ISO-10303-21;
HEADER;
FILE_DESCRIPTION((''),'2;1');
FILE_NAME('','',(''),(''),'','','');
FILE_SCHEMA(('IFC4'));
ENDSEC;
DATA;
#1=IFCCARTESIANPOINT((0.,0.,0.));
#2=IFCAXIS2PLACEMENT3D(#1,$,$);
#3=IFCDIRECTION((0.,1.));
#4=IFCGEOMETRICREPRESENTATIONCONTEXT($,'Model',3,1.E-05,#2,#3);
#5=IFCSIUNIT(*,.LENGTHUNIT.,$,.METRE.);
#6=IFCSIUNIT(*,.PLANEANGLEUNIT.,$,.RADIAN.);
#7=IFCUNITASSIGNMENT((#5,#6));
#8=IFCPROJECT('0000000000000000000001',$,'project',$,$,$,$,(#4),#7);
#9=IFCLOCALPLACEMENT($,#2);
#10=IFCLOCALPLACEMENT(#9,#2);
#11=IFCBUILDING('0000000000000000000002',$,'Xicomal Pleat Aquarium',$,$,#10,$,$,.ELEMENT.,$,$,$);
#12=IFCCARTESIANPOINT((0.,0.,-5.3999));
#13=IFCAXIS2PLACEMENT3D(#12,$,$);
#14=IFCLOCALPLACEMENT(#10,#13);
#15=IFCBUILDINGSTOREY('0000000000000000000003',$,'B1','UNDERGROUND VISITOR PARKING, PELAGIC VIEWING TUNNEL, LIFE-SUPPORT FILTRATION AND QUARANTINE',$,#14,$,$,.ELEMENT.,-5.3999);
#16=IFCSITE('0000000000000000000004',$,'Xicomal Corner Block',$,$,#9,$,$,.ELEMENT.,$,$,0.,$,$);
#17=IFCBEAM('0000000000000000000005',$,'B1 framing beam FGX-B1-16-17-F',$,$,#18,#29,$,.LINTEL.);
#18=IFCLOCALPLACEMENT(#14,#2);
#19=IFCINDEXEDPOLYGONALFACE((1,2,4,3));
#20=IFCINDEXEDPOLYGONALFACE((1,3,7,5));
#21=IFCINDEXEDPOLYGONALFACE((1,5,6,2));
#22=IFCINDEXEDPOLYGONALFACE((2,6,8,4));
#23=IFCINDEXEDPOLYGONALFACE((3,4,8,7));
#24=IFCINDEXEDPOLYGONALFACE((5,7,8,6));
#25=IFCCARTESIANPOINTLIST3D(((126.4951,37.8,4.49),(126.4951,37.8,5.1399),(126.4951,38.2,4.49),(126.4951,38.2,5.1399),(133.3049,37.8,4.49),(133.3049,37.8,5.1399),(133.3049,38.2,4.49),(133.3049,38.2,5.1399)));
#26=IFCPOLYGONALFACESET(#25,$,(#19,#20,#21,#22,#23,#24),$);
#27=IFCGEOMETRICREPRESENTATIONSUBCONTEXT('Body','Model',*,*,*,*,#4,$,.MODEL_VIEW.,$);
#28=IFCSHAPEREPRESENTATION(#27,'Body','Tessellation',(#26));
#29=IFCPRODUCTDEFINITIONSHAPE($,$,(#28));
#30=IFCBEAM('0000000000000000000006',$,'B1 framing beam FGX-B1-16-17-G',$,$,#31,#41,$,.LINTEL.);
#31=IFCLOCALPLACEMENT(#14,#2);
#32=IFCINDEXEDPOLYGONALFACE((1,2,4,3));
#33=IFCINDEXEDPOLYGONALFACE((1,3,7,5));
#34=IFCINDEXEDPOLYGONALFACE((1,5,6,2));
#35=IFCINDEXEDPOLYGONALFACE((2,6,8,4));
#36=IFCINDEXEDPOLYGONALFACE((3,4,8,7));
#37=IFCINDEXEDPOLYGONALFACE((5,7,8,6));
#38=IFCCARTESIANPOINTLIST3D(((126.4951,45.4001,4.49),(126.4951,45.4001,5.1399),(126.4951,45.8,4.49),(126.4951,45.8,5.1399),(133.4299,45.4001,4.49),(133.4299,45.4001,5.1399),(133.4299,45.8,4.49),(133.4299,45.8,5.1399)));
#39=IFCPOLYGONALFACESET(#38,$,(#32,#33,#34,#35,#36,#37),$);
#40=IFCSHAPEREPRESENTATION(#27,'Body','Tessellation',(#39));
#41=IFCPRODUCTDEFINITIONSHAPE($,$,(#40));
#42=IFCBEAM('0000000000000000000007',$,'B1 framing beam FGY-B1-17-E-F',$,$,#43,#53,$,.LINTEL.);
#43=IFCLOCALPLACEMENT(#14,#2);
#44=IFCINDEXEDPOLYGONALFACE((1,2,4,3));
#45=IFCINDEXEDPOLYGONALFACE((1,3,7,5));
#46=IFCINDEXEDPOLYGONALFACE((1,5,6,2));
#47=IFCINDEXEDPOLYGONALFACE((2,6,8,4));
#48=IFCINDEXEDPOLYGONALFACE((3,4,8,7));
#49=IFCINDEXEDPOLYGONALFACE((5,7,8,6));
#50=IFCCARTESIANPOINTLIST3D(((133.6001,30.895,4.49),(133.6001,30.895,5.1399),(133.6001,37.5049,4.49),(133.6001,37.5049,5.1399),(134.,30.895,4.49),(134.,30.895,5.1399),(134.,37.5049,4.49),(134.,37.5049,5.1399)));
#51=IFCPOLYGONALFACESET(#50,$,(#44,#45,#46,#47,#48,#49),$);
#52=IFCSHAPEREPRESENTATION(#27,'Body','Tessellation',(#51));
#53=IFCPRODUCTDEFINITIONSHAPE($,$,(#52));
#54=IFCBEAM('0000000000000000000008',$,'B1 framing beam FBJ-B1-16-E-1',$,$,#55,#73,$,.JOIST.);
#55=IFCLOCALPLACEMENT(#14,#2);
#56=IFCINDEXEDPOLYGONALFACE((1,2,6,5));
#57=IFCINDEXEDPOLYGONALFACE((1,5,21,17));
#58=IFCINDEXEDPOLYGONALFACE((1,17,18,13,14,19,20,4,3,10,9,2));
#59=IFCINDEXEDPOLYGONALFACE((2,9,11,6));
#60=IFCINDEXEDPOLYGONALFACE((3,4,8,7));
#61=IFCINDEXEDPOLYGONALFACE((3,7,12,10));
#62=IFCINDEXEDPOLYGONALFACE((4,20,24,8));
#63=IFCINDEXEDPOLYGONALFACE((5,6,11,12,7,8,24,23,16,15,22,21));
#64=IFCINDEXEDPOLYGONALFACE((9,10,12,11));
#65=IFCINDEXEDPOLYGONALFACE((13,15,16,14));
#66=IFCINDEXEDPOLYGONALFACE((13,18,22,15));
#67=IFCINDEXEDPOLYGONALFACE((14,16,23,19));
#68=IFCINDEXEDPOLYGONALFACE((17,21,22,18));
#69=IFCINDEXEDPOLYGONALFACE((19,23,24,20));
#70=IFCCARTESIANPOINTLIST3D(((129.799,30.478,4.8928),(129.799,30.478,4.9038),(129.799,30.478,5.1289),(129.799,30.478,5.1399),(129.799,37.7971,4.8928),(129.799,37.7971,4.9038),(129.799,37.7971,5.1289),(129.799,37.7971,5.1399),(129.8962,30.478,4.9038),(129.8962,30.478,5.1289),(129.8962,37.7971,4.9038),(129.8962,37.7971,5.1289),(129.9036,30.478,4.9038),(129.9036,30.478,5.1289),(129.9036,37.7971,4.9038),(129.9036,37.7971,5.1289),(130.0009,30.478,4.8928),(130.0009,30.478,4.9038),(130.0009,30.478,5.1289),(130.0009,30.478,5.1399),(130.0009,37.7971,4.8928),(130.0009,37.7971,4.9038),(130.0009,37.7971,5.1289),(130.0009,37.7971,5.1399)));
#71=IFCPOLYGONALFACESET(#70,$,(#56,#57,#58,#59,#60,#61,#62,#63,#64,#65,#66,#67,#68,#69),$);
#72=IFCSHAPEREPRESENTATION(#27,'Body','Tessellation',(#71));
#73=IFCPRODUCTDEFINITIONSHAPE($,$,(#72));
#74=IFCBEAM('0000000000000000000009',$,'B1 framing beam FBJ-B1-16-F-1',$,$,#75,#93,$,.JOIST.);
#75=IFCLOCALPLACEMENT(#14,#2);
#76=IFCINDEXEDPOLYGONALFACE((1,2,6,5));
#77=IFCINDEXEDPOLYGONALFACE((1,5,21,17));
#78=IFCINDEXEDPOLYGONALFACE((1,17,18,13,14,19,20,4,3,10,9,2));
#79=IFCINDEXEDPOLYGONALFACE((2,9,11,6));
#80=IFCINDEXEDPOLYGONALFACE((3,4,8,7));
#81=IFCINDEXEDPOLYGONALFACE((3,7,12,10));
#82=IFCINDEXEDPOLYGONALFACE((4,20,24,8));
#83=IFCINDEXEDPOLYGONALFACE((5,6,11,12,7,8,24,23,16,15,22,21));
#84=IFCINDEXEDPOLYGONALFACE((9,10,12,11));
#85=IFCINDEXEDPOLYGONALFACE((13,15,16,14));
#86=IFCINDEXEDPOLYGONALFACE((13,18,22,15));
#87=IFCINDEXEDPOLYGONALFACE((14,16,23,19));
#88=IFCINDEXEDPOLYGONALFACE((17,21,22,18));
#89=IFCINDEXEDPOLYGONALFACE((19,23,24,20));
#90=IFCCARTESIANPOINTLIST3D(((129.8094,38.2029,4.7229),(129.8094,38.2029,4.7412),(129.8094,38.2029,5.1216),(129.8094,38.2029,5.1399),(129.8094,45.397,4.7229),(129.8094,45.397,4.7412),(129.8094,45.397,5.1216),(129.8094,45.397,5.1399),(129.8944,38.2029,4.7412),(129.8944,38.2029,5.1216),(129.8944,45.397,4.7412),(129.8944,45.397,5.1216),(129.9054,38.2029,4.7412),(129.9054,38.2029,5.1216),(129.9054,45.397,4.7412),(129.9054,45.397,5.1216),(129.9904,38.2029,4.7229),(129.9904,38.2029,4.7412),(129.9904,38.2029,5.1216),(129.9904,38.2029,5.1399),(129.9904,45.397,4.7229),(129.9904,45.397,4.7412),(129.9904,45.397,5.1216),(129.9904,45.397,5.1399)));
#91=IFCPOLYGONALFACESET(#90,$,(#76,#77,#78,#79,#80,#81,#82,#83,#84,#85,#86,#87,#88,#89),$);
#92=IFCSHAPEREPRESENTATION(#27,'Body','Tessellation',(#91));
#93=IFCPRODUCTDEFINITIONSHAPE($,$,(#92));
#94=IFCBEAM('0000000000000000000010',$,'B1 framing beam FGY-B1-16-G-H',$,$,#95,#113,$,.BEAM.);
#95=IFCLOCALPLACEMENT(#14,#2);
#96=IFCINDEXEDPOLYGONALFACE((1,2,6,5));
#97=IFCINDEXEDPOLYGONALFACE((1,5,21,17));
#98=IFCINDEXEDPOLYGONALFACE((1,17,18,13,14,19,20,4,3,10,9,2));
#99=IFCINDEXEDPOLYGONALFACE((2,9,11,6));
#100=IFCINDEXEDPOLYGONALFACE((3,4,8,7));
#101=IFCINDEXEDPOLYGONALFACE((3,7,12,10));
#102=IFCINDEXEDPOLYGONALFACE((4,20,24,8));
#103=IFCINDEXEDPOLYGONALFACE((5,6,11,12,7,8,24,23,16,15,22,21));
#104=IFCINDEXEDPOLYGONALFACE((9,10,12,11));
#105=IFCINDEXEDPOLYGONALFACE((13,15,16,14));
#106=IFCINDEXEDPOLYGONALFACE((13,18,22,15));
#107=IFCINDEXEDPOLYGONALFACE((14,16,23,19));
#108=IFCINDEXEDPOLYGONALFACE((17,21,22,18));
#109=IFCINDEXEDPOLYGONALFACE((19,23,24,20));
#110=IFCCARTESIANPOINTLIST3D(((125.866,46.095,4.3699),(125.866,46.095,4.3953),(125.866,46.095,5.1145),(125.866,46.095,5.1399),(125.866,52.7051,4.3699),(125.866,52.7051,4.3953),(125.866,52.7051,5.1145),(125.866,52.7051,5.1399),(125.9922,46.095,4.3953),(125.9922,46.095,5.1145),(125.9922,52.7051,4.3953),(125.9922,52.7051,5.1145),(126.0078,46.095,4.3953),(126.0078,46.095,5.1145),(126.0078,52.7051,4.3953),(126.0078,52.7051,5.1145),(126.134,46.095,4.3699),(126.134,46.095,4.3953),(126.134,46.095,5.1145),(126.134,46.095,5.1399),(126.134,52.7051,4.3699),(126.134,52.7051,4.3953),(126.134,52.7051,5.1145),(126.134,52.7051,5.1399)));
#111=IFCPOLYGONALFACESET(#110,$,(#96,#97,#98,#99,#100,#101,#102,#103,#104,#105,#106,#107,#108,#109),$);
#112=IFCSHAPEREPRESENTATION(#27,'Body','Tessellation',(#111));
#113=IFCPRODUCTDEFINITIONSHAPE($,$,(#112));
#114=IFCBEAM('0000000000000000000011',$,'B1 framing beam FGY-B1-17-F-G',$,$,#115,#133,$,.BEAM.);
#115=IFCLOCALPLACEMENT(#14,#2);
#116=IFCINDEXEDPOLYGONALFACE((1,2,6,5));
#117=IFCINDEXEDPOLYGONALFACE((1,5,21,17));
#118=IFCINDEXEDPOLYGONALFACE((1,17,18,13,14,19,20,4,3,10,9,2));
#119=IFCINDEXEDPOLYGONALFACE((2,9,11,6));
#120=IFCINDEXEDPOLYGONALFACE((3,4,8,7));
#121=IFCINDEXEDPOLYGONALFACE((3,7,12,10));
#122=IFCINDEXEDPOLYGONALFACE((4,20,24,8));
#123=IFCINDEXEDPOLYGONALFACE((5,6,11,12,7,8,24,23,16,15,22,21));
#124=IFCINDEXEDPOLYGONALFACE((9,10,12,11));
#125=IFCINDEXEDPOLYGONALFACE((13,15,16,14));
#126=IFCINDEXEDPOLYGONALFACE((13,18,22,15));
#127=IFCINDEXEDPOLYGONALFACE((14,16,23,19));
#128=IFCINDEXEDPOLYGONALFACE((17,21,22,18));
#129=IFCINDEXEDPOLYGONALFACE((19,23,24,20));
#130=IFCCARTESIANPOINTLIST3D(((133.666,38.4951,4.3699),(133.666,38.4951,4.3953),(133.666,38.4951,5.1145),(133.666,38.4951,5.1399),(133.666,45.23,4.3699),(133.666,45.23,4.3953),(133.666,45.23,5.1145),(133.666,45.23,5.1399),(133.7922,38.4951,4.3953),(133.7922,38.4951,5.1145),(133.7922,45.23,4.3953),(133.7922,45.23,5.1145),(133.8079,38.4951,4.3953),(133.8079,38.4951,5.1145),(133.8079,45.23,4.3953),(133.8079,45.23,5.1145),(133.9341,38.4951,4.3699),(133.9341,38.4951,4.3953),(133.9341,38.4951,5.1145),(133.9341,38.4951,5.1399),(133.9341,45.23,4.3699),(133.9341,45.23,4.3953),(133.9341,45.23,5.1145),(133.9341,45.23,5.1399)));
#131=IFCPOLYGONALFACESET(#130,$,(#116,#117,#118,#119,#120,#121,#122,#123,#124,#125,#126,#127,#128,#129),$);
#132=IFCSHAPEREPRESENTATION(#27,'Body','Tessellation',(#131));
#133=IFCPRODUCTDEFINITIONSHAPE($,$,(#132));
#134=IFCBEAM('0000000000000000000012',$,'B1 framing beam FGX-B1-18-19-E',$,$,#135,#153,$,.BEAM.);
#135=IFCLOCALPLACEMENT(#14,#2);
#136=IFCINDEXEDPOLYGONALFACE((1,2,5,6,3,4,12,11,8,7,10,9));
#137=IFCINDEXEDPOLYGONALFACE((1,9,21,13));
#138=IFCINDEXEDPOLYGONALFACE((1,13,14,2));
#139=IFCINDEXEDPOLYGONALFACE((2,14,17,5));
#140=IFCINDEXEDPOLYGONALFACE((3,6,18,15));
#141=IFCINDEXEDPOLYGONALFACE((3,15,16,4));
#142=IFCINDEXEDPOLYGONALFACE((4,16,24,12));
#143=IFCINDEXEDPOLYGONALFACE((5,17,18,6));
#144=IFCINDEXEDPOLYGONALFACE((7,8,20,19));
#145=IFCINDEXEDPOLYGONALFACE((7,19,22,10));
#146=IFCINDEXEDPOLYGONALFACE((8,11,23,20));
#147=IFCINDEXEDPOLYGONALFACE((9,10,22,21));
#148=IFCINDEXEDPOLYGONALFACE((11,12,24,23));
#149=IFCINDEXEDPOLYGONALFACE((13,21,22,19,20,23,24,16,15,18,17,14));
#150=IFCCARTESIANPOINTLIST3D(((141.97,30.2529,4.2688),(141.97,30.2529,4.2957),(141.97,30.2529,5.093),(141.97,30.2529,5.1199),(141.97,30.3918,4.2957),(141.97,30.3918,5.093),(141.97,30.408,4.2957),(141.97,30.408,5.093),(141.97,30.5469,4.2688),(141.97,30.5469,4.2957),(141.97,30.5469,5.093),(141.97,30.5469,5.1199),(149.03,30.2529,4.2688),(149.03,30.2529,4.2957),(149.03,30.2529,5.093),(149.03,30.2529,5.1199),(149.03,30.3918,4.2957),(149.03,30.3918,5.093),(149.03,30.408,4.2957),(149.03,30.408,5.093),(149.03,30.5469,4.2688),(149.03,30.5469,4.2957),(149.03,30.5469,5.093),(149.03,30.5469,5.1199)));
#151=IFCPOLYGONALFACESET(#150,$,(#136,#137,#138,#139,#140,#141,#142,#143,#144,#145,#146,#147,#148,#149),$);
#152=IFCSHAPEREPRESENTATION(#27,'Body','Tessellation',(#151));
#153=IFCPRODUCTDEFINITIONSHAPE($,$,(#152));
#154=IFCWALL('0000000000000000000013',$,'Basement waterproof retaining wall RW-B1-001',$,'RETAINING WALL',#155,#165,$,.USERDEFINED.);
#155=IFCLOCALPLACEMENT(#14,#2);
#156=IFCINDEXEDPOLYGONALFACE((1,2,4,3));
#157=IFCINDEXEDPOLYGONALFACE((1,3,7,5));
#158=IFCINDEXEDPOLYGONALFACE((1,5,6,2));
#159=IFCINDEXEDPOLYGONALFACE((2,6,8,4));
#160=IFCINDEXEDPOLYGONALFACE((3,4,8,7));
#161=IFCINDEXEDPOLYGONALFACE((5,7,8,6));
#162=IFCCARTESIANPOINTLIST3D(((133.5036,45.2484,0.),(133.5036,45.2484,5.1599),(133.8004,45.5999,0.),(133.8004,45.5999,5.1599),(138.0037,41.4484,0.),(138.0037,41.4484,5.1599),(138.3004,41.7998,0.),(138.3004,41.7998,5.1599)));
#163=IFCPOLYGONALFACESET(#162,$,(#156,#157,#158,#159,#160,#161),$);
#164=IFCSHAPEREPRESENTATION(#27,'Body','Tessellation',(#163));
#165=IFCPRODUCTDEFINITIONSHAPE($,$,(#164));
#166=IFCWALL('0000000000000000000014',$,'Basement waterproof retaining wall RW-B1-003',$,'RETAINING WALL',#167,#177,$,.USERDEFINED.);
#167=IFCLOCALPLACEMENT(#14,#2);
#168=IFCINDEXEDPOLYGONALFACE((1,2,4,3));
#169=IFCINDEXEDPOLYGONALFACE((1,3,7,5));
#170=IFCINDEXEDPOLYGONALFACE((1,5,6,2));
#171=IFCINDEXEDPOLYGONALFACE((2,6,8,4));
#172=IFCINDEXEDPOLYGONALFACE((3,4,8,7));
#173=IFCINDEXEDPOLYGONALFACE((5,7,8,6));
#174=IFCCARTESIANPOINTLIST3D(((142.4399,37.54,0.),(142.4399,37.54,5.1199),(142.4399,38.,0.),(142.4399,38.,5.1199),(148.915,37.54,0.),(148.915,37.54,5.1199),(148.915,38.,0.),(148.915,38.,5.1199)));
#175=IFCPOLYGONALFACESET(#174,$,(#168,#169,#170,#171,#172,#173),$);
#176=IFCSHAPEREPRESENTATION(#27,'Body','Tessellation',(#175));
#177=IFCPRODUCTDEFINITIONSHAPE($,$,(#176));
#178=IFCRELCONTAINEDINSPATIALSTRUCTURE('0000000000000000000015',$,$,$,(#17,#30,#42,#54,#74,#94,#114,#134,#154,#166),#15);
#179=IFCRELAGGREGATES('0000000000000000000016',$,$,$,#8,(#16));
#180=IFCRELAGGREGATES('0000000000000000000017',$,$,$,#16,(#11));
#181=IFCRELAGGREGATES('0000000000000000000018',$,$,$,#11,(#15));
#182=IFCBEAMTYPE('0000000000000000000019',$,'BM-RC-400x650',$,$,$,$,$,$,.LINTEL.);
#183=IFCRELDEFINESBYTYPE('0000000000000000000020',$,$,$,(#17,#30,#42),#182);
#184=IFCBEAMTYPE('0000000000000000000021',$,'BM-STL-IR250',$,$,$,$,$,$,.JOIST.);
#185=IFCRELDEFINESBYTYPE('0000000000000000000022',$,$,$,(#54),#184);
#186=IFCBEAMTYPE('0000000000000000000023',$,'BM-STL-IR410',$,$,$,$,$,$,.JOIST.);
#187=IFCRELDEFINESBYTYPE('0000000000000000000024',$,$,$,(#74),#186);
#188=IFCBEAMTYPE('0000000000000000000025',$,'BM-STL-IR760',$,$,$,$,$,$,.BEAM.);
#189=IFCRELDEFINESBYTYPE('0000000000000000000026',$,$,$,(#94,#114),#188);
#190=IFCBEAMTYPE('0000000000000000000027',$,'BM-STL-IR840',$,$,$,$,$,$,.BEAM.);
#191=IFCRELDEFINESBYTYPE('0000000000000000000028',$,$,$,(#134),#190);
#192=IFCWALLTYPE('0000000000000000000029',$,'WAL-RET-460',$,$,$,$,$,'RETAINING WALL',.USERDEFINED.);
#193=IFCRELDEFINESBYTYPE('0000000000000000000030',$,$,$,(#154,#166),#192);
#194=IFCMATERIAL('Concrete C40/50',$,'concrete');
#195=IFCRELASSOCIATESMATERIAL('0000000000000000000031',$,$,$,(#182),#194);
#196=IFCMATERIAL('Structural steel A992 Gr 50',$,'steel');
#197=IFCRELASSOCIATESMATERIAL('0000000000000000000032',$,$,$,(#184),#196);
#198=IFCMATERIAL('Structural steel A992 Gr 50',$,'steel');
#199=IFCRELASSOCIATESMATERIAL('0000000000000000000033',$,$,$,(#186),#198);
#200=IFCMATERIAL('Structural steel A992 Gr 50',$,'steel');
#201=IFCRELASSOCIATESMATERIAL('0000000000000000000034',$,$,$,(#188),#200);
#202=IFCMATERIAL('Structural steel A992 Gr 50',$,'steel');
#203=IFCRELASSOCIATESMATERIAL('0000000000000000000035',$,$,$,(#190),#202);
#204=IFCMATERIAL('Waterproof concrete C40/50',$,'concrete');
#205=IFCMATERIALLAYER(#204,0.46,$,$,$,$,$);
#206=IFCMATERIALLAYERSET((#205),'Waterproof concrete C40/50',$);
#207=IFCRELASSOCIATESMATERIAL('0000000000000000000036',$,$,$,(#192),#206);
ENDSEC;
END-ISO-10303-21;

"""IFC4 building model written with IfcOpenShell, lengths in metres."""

from ifc_helpers import new_model, si_unit, direction, frame, frame_2d, origin, origin_2d, place, context, subcontext, project, spatial, rectangle, i_section, extrude, material, layer, layer_set, material_profile, profile_set, type_object, element, save


model = new_model("IFC4")

# Units and contexts
model_context = context("Model", 3, precision=1e-05, world=origin(), true_north=direction((0.0, 1.0)))
body_context = subcontext(model_context, "Body", "Model", "MODEL_VIEW")
ifc_project = project(units=[si_unit("LENGTHUNIT", "METRE"), si_unit("PLANEANGLEUNIT", "RADIAN")], contexts=[model_context])

# Site, building, storey
site_placement = place(None, origin())
site = spatial("IfcSite", under=ifc_project, at=site_placement, Name="Xicomal Corner Block", CompositionType="ELEMENT", RefElevation=0.0)
building_placement = place(site_placement, origin())
building = spatial("IfcBuilding", under=site, at=building_placement, Name="Xicomal Pleat Aquarium", CompositionType="ELEMENT")
storey_placement = place(building_placement, frame((0.0, 0.0, -5.3999)))
storey = spatial("IfcBuildingStorey", under=building, at=storey_placement, Name="B1", Description="UNDERGROUND VISITOR PARKING, PELAGIC VIEWING TUNNEL, LIFE-SUPPORT FILTRATION AND QUARANTINE", CompositionType="ELEMENT", Elevation=-5.3999)

# Beams
ifc_material_1 = material(Name="Concrete C40/50", Category="concrete")
ifc_material_profile_1 = material_profile(ifc_material_1, rectangle(XDim=0.3999, YDim=0.6499, at=origin_2d()), Name="RC 400x650")
ifc_profile_set_1 = profile_set([ifc_material_profile_1], Name="Concrete C40/50")
beam_type_1 = type_object("IfcBeamType", Name="BM-RC-400x650", PredefinedType="LINTEL", material=ifc_profile_set_1)
beam_1_placement = place(storey_placement, frame((126.4951, 38.0, 4.8149), z_axis=(1.0, 0.0, 0.0), x_axis=(0.0, 1.0, 0.0)))
element("IfcBeam", 1, at=beam_1_placement, inside=storey, type_object=beam_type_1, Name="B1 framing beam FGX-B1-16-17-F", PredefinedType="LINTEL", context=body_context, shape_type="SweptSolid", body=[
    extrude(rectangle(XDim=0.3999, YDim=0.6499, at=origin_2d()), origin(), (0.0, 0.0, 1.0), 6.8098),
])
beam_2_placement = place(storey_placement, frame((126.4951, 45.6001, 4.8149), z_axis=(1.0, 0.0, 0.0), x_axis=(0.0, 1.0, 0.0)))
element("IfcBeam", 2, at=beam_2_placement, inside=storey, type_object=beam_type_1, Name="B1 framing beam FGX-B1-16-17-G", PredefinedType="LINTEL", context=body_context, shape_type="SweptSolid", body=[
    extrude(rectangle(XDim=0.3999, YDim=0.6499, at=origin_2d()), origin(), (0.0, 0.0, 1.0), 6.9348),
])
beam_3_placement = place(storey_placement, frame((133.8, 30.895, 4.8149), z_axis=(0.0, 1.0, 0.0), x_axis=(-1.0, 0.0, 0.0)))
element("IfcBeam", 3, at=beam_3_placement, inside=storey, type_object=beam_type_1, Name="B1 framing beam FGY-B1-17-E-F", PredefinedType="LINTEL", context=body_context, shape_type="SweptSolid", body=[
    extrude(rectangle(XDim=0.3999, YDim=0.6499, at=origin_2d()), origin(), (0.0, 0.0, 1.0), 6.6099),
])
ifc_material_2 = material(Name="Structural steel A992 Gr 50", Category="steel")
ifc_material_profile_2 = material_profile(ifc_material_2, i_section(OverallWidth=0.2019, OverallDepth=0.2471, WebThickness=0.0073, FlangeThickness=0.011, at=origin_2d()), Name="IR 250x49")
ifc_profile_set_2 = profile_set([ifc_material_profile_2], Name="Structural steel A992 Gr 50")
beam_type_2 = type_object("IfcBeamType", Name="BM-STL-IR250", PredefinedType="JOIST", material=ifc_profile_set_2)
beam_4_placement = place(storey_placement, frame((129.8999, 30.478, 5.0164), z_axis=(0.0, 1.0, 0.0), x_axis=(-1.0, 0.0, 0.0)))
element("IfcBeam", 4, at=beam_4_placement, inside=storey, type_object=beam_type_2, Name="B1 framing beam FBJ-B1-16-E-1", PredefinedType="JOIST", context=body_context, shape_type="SweptSolid", body=[
    extrude(i_section(OverallWidth=0.2019, OverallDepth=0.2471, WebThickness=0.0073, FlangeThickness=0.011, at=origin_2d()), origin(), (0.0, 0.0, 1.0), 7.3191),
])
ifc_material_3 = material(Name="Structural steel A992 Gr 50", Category="steel")
ifc_material_profile_3 = material_profile(ifc_material_3, i_section(OverallWidth=0.1809, OverallDepth=0.417, WebThickness=0.011, FlangeThickness=0.0183, at=origin_2d()), Name="IR 410x85")
ifc_profile_set_3 = profile_set([ifc_material_profile_3], Name="Structural steel A992 Gr 50")
beam_type_3 = type_object("IfcBeamType", Name="BM-STL-IR410", PredefinedType="JOIST", material=ifc_profile_set_3)
beam_5_placement = place(storey_placement, frame((129.8999, 38.2029, 4.9314), z_axis=(0.0, 1.0, 0.0), x_axis=(-1.0, 0.0, 0.0)))
element("IfcBeam", 5, at=beam_5_placement, inside=storey, type_object=beam_type_3, Name="B1 framing beam FBJ-B1-16-F-1", PredefinedType="JOIST", context=body_context, shape_type="SweptSolid", body=[
    extrude(i_section(OverallWidth=0.1809, OverallDepth=0.417, WebThickness=0.011, FlangeThickness=0.0183, at=origin_2d()), origin(), (0.0, 0.0, 1.0), 7.1941),
])
ifc_material_4 = material(Name="Structural steel A992 Gr 50", Category="steel")
ifc_material_profile_4 = material_profile(ifc_material_4, i_section(OverallWidth=0.2681, OverallDepth=0.77, WebThickness=0.0156, FlangeThickness=0.0254, at=origin_2d()), Name="IR 760x196")
ifc_profile_set_4 = profile_set([ifc_material_profile_4], Name="Structural steel A992 Gr 50")
beam_type_4 = type_object("IfcBeamType", Name="BM-STL-IR760", PredefinedType="BEAM", material=ifc_profile_set_4)
beam_6_placement = place(storey_placement, frame((126.0, 46.095, 4.7549), z_axis=(0.0, 1.0, 0.0), x_axis=(-1.0, 0.0, 0.0)))
element("IfcBeam", 6, at=beam_6_placement, inside=storey, type_object=beam_type_4, Name="B1 framing beam FGY-B1-16-G-H", PredefinedType="BEAM", context=body_context, shape_type="SweptSolid", body=[
    extrude(i_section(OverallWidth=0.2681, OverallDepth=0.77, WebThickness=0.0156, FlangeThickness=0.0254, at=origin_2d()), origin(), (0.0, 0.0, 1.0), 6.6101),
])
beam_7_placement = place(storey_placement, frame((133.8, 38.4951, 4.7549), z_axis=(0.0, 1.0, 0.0), x_axis=(-1.0, 0.0, 0.0)))
element("IfcBeam", 7, at=beam_7_placement, inside=storey, type_object=beam_type_4, Name="B1 framing beam FGY-B1-17-F-G", PredefinedType="BEAM", context=body_context, shape_type="SweptSolid", body=[
    extrude(i_section(OverallWidth=0.2681, OverallDepth=0.77, WebThickness=0.0156, FlangeThickness=0.0254, at=origin_2d()), origin(), (0.0, 0.0, 1.0), 6.7349),
])
ifc_material_5 = material(Name="Structural steel A992 Gr 50", Category="steel")
ifc_material_profile_5 = material_profile(ifc_material_5, i_section(OverallWidth=0.2939, OverallDepth=0.8511, WebThickness=0.0161, FlangeThickness=0.0269, at=origin_2d()), Name="IR 840x226")
ifc_profile_set_5 = profile_set([ifc_material_profile_5], Name="Structural steel A992 Gr 50")
beam_type_5 = type_object("IfcBeamType", Name="BM-STL-IR840", PredefinedType="BEAM", material=ifc_profile_set_5)
beam_8_placement = place(storey_placement, frame((141.97, 30.3999, 4.6943), z_axis=(1.0, 0.0, 0.0), x_axis=(0.0, 1.0, 0.0)))
element("IfcBeam", 8, at=beam_8_placement, inside=storey, type_object=beam_type_5, Name="B1 framing beam FGX-B1-18-19-E", PredefinedType="BEAM", context=body_context, shape_type="SweptSolid", body=[
    extrude(i_section(OverallWidth=0.2939, OverallDepth=0.8511, WebThickness=0.0161, FlangeThickness=0.0269, at=origin_2d()), origin(), (0.0, 0.0, 1.0), 7.0601),
])

# Walls
ifc_material_6 = material(Name="Waterproof concrete C40/50", Category="concrete")
ifc_layer_1 = layer(ifc_material_6, 0.46)
ifc_layer_set_1 = layer_set([ifc_layer_1], Name="Waterproof concrete C40/50")
wall_type_1 = type_object("IfcWallType", Name="WAL-RET-460", ElementType="RETAINING WALL", PredefinedType="USERDEFINED", material=ifc_layer_set_1)
wall_1_placement = place(storey_placement, frame((133.6521, 45.4241, 0.0), z_axis=(0.0, 0.0, 1.0), x_axis=(0.764026, -0.645186, 0.0)))
element("IfcWall", 9, at=wall_1_placement, inside=storey, type_object=wall_type_1, Name="Basement waterproof retaining wall RW-B1-001", ObjectType="RETAINING WALL", PredefinedType="USERDEFINED", context=body_context, shape_type="SweptSolid", body=[
    extrude(rectangle(XDim=5.8899, YDim=0.46, at=frame_2d((2.9448, 0.0))), origin(), (0.0, 0.0, 1.0), 5.1599),
])
wall_2_placement = place(storey_placement, frame((142.4399, 37.77, 0.0), z_axis=(0.0, 0.0, 1.0), x_axis=(1.0, 0.0, 0.0)))
element("IfcWall", 10, at=wall_2_placement, inside=storey, type_object=wall_type_1, Name="Basement waterproof retaining wall RW-B1-003", ObjectType="RETAINING WALL", PredefinedType="USERDEFINED", context=body_context, shape_type="SweptSolid", body=[
    extrude(rectangle(XDim=6.4751, YDim=0.46, at=frame_2d((3.2375, 0.0))), origin(), (0.0, 0.0, 1.0), 5.1199),
])

save(model, "model.ifc")
